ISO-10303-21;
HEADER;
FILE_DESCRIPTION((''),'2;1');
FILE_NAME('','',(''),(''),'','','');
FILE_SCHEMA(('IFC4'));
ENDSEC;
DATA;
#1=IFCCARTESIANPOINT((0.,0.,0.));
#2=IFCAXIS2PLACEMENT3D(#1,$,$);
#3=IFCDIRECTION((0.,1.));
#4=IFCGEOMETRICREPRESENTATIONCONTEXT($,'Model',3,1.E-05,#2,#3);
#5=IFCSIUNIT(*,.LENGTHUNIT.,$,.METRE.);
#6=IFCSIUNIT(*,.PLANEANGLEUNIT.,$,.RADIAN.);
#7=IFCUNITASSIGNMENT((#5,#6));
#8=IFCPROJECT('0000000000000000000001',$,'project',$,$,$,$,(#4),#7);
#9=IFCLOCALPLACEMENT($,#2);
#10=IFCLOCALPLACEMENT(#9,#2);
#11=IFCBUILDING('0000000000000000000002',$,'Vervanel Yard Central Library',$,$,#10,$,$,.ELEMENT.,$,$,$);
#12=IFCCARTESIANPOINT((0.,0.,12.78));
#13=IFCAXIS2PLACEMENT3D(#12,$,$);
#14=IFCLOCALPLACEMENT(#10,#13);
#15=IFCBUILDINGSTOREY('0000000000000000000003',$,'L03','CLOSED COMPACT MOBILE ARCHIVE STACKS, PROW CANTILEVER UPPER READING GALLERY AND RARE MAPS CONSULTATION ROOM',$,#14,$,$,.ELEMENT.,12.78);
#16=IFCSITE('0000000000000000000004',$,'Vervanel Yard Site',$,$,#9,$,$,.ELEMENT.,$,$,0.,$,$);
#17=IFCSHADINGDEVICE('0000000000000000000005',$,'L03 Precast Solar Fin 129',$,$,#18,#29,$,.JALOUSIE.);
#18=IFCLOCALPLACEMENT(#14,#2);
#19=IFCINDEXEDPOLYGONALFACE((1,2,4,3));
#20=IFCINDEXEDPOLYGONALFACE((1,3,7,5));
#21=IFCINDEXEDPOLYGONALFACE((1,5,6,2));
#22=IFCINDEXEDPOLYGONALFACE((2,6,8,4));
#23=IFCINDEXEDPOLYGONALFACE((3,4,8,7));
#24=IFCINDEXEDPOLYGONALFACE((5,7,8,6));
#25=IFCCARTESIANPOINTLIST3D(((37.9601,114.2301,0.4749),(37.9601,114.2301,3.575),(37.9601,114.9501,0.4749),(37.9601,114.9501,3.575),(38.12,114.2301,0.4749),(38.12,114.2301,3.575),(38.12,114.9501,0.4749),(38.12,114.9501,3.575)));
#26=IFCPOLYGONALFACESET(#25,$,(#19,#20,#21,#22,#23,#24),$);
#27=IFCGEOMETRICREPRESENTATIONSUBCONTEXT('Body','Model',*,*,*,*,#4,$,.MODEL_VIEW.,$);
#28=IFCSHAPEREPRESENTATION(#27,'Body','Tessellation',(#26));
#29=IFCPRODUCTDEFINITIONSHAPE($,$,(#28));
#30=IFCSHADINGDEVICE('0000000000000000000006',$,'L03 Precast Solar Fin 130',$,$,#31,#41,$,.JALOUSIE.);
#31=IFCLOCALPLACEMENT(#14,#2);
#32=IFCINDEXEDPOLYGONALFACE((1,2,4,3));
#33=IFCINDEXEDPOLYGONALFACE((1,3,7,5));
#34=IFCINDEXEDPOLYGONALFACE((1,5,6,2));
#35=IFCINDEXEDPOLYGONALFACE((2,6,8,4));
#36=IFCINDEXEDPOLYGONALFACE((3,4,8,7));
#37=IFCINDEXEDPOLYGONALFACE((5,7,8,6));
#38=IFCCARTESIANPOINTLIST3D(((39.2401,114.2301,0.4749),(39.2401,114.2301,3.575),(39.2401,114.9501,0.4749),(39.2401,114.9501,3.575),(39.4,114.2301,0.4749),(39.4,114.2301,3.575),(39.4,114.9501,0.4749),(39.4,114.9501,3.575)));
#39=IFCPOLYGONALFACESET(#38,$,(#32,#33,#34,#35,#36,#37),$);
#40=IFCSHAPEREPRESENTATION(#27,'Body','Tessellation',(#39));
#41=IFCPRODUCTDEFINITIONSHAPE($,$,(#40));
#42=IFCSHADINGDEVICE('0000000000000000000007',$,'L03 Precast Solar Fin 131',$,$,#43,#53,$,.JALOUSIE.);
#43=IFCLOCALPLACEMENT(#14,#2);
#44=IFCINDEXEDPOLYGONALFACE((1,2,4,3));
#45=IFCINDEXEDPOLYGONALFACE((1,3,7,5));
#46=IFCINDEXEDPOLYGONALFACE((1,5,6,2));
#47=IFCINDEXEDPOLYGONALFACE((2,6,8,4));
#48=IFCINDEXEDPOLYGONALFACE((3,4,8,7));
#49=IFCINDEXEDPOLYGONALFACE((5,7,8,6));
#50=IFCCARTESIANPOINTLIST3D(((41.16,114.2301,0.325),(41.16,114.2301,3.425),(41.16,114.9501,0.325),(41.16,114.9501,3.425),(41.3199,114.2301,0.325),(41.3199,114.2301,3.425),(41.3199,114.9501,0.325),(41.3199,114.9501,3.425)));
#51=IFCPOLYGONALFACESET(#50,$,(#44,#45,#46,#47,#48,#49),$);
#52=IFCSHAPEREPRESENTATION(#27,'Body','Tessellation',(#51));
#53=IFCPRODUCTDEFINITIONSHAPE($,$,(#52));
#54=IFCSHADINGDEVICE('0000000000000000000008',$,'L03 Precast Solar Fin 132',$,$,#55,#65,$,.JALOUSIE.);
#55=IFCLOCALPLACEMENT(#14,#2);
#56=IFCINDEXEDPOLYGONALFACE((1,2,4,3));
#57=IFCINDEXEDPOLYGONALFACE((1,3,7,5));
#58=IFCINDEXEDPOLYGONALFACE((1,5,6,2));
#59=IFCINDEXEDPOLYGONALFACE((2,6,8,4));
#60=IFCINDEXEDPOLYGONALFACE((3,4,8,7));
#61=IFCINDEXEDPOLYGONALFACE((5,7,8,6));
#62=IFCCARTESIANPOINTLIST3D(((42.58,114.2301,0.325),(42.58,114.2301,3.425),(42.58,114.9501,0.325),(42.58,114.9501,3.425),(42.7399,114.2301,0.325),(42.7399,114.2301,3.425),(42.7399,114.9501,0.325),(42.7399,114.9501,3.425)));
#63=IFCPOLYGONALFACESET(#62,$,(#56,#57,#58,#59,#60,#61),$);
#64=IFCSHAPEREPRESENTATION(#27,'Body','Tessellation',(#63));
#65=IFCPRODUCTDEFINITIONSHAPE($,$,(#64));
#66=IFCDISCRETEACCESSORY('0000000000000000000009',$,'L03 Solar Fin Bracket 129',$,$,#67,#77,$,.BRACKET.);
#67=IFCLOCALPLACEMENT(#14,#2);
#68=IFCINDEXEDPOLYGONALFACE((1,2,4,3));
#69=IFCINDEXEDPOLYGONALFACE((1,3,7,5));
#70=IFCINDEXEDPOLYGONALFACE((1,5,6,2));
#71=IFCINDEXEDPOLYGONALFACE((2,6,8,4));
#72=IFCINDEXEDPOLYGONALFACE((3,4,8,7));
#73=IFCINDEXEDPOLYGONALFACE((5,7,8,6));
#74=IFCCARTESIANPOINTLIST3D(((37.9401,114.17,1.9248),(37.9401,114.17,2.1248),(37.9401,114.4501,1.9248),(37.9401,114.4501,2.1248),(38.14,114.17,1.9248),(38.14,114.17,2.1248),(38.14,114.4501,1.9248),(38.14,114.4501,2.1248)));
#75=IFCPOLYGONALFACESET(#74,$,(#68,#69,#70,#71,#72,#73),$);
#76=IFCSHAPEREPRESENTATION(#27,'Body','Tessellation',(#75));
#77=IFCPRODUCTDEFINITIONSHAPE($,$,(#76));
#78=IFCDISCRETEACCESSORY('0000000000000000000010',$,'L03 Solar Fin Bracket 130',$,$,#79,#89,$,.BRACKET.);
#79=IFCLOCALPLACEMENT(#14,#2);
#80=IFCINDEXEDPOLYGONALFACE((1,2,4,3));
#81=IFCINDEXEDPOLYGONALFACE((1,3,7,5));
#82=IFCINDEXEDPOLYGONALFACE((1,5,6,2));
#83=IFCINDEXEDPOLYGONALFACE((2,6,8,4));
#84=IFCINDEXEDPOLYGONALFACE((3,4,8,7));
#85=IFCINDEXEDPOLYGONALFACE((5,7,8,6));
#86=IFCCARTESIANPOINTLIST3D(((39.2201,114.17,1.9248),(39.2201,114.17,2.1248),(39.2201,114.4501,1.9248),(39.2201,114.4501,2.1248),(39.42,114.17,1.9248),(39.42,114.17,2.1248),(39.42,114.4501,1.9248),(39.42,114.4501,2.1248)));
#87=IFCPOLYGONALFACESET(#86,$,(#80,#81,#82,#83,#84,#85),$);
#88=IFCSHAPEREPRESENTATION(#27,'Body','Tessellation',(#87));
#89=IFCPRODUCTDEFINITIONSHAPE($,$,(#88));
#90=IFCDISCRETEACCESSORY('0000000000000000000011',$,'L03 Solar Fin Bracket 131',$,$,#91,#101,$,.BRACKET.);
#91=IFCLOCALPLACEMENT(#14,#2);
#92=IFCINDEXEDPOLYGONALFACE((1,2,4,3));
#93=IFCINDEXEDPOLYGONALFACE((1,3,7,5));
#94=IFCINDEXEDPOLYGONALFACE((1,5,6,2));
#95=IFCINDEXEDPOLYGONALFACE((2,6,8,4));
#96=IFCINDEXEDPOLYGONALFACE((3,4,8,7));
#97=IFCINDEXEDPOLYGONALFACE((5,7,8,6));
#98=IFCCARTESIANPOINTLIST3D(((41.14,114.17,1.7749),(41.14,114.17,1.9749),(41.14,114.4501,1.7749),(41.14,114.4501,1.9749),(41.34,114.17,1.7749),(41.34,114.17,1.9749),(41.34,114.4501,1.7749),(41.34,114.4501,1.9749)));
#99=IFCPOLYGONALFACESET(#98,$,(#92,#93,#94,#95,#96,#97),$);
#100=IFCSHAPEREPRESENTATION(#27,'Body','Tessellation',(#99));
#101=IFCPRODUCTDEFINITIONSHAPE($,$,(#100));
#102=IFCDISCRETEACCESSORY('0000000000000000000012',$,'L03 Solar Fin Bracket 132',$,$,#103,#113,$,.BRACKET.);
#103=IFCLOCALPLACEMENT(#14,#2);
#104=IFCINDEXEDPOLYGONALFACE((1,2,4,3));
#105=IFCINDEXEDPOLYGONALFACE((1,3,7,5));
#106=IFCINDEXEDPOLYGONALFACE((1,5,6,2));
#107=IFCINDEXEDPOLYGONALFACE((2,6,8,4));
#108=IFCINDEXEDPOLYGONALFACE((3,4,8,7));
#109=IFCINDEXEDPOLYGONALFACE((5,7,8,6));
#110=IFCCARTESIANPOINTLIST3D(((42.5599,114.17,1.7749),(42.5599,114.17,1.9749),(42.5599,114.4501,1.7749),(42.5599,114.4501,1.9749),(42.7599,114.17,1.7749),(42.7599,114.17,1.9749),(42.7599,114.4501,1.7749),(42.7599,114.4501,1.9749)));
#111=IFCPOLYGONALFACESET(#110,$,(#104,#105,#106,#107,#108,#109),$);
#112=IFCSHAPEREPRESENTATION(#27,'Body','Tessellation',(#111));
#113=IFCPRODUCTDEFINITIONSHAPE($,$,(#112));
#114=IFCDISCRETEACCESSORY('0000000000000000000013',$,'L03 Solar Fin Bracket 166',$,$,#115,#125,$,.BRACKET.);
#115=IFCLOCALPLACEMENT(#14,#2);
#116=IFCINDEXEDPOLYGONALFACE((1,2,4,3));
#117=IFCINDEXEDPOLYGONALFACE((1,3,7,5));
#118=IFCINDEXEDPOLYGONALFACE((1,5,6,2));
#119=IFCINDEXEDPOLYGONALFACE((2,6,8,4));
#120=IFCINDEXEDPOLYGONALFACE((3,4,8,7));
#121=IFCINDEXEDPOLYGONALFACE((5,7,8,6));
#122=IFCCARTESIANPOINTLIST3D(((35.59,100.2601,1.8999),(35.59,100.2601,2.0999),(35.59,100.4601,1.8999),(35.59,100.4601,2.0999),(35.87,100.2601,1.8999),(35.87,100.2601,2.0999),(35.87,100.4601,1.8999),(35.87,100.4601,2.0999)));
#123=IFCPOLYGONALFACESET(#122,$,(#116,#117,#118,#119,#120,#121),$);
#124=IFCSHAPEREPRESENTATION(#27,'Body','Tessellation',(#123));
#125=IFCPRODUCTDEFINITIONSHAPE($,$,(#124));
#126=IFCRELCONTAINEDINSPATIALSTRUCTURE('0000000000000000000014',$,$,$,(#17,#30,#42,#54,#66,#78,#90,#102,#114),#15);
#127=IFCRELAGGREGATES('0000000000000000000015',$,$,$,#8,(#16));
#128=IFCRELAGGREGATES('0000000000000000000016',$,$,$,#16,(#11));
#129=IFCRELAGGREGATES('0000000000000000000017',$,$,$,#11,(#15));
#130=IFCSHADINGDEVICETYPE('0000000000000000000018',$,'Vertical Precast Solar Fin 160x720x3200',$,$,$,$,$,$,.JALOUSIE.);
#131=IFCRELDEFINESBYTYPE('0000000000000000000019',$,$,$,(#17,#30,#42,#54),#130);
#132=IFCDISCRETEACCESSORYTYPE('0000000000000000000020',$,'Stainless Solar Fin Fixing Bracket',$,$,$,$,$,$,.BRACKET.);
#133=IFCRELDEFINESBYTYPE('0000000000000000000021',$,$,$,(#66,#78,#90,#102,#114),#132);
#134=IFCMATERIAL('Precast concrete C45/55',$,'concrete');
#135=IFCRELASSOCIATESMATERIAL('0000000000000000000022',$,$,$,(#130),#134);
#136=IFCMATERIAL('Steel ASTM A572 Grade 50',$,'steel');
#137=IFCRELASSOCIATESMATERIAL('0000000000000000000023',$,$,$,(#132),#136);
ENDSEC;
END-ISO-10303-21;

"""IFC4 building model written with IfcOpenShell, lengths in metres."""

from ifc_helpers import new_model, si_unit, direction, frame, origin, origin_2d, place, context, subcontext, project, spatial, rectangle, extrude, material, type_object, element, save


model = new_model("IFC4")

# Units and contexts
model_context = context("Model", 3, precision=1e-05, world=origin(), true_north=direction((0.0, 1.0)))
body_context = subcontext(model_context, "Body", "Model", "MODEL_VIEW")
ifc_project = project(units=[si_unit("LENGTHUNIT", "METRE"), si_unit("PLANEANGLEUNIT", "RADIAN")], contexts=[model_context])

# Site, building, storey
site_placement = place(None, origin())
site = spatial("IfcSite", under=ifc_project, at=site_placement, Name="Vervanel Yard Site", CompositionType="ELEMENT", RefElevation=0.0)
building_placement = place(site_placement, origin())
building = spatial("IfcBuilding", under=site, at=building_placement, Name="Vervanel Yard Central Library", CompositionType="ELEMENT")
storey_placement = place(building_placement, frame((0.0, 0.0, 12.78)))
storey = spatial("IfcBuildingStorey", under=building, at=storey_placement, Name="L03", Description="CLOSED COMPACT MOBILE ARCHIVE STACKS, PROW CANTILEVER UPPER READING GALLERY AND RARE MAPS CONSULTATION ROOM", CompositionType="ELEMENT", Elevation=12.78)

# Shared definitions
ifc_material_1 = material(Name="Steel ASTM A572 Grade 50", Category="steel")

# Shared definitions
ifc_material_2 = material(Name="Precast concrete C45/55", Category="concrete")

# Shading devices
shading_device_type = type_object("IfcShadingDeviceType", Name="Vertical Precast Solar Fin 160x720x3200", PredefinedType="JALOUSIE", material=ifc_material_2)
for number, where, z_axis, x_axis, name in (
    (1, (38.04, 114.5901, 0.4749), (0.0, 0.0, 1.0), (1.0, 0.0, 0.0), "L03 Precast Solar Fin 129"),
    (2, (39.3201, 114.5901, 0.4749), (0.0, 0.0, 1.0), (1.0, 0.0, 0.0), "L03 Precast Solar Fin 130"),
    (3, (41.24, 114.5901, 0.325), (0.0, 0.0, 1.0), (1.0, 0.0, 0.0), "L03 Precast Solar Fin 131"),
    (4, (42.6599, 114.5901, 0.325), (0.0, 0.0, 1.0), (1.0, 0.0, 0.0), "L03 Precast Solar Fin 132"),
):
    element("IfcShadingDevice", number, at=place(storey_placement, frame(where, z_axis=z_axis, x_axis=x_axis)), inside=storey, type_object=shading_device_type, Name=name, PredefinedType="JALOUSIE", context=body_context, shape_type="SweptSolid", body=[
        extrude(rectangle(XDim=0.1599, YDim=0.72, at=origin_2d()), origin(), (0.0, 0.0, 1.0), 3.1001),
    ])

# Discrete accessories
discrete_accessory_type = type_object("IfcDiscreteAccessoryType", Name="Stainless Solar Fin Fixing Bracket", PredefinedType="BRACKET", material=ifc_material_1)
for number, where, z_axis, x_axis, name in (
    (5, (38.04, 114.3101, 1.9248), (0.0, 0.0, 1.0), (1.0, 0.0, 0.0), "L03 Solar Fin Bracket 129"),
    (6, (39.3201, 114.3101, 1.9248), (0.0, 0.0, 1.0), (1.0, 0.0, 0.0), "L03 Solar Fin Bracket 130"),
    (7, (41.24, 114.3101, 1.7749), (0.0, 0.0, 1.0), (1.0, 0.0, 0.0), "L03 Solar Fin Bracket 131"),
    (8, (42.6599, 114.3101, 1.7749), (0.0, 0.0, 1.0), (1.0, 0.0, 0.0), "L03 Solar Fin Bracket 132"),
    (9, (35.73, 100.3601, 1.8999), (0.0, 0.0, 1.0), (0.0, 1.0, 0.0), "L03 Solar Fin Bracket 166"),
):
    element("IfcDiscreteAccessory", number, at=place(storey_placement, frame(where, z_axis=z_axis, x_axis=x_axis)), inside=storey, type_object=discrete_accessory_type, Name=name, PredefinedType="BRACKET", context=body_context, shape_type="SweptSolid", body=[
        extrude(rectangle(XDim=0.2, YDim=0.28, at=origin_2d()), origin(), (0.0, 0.0, 1.0), 0.2),
    ])

save(model, "model.ifc")
